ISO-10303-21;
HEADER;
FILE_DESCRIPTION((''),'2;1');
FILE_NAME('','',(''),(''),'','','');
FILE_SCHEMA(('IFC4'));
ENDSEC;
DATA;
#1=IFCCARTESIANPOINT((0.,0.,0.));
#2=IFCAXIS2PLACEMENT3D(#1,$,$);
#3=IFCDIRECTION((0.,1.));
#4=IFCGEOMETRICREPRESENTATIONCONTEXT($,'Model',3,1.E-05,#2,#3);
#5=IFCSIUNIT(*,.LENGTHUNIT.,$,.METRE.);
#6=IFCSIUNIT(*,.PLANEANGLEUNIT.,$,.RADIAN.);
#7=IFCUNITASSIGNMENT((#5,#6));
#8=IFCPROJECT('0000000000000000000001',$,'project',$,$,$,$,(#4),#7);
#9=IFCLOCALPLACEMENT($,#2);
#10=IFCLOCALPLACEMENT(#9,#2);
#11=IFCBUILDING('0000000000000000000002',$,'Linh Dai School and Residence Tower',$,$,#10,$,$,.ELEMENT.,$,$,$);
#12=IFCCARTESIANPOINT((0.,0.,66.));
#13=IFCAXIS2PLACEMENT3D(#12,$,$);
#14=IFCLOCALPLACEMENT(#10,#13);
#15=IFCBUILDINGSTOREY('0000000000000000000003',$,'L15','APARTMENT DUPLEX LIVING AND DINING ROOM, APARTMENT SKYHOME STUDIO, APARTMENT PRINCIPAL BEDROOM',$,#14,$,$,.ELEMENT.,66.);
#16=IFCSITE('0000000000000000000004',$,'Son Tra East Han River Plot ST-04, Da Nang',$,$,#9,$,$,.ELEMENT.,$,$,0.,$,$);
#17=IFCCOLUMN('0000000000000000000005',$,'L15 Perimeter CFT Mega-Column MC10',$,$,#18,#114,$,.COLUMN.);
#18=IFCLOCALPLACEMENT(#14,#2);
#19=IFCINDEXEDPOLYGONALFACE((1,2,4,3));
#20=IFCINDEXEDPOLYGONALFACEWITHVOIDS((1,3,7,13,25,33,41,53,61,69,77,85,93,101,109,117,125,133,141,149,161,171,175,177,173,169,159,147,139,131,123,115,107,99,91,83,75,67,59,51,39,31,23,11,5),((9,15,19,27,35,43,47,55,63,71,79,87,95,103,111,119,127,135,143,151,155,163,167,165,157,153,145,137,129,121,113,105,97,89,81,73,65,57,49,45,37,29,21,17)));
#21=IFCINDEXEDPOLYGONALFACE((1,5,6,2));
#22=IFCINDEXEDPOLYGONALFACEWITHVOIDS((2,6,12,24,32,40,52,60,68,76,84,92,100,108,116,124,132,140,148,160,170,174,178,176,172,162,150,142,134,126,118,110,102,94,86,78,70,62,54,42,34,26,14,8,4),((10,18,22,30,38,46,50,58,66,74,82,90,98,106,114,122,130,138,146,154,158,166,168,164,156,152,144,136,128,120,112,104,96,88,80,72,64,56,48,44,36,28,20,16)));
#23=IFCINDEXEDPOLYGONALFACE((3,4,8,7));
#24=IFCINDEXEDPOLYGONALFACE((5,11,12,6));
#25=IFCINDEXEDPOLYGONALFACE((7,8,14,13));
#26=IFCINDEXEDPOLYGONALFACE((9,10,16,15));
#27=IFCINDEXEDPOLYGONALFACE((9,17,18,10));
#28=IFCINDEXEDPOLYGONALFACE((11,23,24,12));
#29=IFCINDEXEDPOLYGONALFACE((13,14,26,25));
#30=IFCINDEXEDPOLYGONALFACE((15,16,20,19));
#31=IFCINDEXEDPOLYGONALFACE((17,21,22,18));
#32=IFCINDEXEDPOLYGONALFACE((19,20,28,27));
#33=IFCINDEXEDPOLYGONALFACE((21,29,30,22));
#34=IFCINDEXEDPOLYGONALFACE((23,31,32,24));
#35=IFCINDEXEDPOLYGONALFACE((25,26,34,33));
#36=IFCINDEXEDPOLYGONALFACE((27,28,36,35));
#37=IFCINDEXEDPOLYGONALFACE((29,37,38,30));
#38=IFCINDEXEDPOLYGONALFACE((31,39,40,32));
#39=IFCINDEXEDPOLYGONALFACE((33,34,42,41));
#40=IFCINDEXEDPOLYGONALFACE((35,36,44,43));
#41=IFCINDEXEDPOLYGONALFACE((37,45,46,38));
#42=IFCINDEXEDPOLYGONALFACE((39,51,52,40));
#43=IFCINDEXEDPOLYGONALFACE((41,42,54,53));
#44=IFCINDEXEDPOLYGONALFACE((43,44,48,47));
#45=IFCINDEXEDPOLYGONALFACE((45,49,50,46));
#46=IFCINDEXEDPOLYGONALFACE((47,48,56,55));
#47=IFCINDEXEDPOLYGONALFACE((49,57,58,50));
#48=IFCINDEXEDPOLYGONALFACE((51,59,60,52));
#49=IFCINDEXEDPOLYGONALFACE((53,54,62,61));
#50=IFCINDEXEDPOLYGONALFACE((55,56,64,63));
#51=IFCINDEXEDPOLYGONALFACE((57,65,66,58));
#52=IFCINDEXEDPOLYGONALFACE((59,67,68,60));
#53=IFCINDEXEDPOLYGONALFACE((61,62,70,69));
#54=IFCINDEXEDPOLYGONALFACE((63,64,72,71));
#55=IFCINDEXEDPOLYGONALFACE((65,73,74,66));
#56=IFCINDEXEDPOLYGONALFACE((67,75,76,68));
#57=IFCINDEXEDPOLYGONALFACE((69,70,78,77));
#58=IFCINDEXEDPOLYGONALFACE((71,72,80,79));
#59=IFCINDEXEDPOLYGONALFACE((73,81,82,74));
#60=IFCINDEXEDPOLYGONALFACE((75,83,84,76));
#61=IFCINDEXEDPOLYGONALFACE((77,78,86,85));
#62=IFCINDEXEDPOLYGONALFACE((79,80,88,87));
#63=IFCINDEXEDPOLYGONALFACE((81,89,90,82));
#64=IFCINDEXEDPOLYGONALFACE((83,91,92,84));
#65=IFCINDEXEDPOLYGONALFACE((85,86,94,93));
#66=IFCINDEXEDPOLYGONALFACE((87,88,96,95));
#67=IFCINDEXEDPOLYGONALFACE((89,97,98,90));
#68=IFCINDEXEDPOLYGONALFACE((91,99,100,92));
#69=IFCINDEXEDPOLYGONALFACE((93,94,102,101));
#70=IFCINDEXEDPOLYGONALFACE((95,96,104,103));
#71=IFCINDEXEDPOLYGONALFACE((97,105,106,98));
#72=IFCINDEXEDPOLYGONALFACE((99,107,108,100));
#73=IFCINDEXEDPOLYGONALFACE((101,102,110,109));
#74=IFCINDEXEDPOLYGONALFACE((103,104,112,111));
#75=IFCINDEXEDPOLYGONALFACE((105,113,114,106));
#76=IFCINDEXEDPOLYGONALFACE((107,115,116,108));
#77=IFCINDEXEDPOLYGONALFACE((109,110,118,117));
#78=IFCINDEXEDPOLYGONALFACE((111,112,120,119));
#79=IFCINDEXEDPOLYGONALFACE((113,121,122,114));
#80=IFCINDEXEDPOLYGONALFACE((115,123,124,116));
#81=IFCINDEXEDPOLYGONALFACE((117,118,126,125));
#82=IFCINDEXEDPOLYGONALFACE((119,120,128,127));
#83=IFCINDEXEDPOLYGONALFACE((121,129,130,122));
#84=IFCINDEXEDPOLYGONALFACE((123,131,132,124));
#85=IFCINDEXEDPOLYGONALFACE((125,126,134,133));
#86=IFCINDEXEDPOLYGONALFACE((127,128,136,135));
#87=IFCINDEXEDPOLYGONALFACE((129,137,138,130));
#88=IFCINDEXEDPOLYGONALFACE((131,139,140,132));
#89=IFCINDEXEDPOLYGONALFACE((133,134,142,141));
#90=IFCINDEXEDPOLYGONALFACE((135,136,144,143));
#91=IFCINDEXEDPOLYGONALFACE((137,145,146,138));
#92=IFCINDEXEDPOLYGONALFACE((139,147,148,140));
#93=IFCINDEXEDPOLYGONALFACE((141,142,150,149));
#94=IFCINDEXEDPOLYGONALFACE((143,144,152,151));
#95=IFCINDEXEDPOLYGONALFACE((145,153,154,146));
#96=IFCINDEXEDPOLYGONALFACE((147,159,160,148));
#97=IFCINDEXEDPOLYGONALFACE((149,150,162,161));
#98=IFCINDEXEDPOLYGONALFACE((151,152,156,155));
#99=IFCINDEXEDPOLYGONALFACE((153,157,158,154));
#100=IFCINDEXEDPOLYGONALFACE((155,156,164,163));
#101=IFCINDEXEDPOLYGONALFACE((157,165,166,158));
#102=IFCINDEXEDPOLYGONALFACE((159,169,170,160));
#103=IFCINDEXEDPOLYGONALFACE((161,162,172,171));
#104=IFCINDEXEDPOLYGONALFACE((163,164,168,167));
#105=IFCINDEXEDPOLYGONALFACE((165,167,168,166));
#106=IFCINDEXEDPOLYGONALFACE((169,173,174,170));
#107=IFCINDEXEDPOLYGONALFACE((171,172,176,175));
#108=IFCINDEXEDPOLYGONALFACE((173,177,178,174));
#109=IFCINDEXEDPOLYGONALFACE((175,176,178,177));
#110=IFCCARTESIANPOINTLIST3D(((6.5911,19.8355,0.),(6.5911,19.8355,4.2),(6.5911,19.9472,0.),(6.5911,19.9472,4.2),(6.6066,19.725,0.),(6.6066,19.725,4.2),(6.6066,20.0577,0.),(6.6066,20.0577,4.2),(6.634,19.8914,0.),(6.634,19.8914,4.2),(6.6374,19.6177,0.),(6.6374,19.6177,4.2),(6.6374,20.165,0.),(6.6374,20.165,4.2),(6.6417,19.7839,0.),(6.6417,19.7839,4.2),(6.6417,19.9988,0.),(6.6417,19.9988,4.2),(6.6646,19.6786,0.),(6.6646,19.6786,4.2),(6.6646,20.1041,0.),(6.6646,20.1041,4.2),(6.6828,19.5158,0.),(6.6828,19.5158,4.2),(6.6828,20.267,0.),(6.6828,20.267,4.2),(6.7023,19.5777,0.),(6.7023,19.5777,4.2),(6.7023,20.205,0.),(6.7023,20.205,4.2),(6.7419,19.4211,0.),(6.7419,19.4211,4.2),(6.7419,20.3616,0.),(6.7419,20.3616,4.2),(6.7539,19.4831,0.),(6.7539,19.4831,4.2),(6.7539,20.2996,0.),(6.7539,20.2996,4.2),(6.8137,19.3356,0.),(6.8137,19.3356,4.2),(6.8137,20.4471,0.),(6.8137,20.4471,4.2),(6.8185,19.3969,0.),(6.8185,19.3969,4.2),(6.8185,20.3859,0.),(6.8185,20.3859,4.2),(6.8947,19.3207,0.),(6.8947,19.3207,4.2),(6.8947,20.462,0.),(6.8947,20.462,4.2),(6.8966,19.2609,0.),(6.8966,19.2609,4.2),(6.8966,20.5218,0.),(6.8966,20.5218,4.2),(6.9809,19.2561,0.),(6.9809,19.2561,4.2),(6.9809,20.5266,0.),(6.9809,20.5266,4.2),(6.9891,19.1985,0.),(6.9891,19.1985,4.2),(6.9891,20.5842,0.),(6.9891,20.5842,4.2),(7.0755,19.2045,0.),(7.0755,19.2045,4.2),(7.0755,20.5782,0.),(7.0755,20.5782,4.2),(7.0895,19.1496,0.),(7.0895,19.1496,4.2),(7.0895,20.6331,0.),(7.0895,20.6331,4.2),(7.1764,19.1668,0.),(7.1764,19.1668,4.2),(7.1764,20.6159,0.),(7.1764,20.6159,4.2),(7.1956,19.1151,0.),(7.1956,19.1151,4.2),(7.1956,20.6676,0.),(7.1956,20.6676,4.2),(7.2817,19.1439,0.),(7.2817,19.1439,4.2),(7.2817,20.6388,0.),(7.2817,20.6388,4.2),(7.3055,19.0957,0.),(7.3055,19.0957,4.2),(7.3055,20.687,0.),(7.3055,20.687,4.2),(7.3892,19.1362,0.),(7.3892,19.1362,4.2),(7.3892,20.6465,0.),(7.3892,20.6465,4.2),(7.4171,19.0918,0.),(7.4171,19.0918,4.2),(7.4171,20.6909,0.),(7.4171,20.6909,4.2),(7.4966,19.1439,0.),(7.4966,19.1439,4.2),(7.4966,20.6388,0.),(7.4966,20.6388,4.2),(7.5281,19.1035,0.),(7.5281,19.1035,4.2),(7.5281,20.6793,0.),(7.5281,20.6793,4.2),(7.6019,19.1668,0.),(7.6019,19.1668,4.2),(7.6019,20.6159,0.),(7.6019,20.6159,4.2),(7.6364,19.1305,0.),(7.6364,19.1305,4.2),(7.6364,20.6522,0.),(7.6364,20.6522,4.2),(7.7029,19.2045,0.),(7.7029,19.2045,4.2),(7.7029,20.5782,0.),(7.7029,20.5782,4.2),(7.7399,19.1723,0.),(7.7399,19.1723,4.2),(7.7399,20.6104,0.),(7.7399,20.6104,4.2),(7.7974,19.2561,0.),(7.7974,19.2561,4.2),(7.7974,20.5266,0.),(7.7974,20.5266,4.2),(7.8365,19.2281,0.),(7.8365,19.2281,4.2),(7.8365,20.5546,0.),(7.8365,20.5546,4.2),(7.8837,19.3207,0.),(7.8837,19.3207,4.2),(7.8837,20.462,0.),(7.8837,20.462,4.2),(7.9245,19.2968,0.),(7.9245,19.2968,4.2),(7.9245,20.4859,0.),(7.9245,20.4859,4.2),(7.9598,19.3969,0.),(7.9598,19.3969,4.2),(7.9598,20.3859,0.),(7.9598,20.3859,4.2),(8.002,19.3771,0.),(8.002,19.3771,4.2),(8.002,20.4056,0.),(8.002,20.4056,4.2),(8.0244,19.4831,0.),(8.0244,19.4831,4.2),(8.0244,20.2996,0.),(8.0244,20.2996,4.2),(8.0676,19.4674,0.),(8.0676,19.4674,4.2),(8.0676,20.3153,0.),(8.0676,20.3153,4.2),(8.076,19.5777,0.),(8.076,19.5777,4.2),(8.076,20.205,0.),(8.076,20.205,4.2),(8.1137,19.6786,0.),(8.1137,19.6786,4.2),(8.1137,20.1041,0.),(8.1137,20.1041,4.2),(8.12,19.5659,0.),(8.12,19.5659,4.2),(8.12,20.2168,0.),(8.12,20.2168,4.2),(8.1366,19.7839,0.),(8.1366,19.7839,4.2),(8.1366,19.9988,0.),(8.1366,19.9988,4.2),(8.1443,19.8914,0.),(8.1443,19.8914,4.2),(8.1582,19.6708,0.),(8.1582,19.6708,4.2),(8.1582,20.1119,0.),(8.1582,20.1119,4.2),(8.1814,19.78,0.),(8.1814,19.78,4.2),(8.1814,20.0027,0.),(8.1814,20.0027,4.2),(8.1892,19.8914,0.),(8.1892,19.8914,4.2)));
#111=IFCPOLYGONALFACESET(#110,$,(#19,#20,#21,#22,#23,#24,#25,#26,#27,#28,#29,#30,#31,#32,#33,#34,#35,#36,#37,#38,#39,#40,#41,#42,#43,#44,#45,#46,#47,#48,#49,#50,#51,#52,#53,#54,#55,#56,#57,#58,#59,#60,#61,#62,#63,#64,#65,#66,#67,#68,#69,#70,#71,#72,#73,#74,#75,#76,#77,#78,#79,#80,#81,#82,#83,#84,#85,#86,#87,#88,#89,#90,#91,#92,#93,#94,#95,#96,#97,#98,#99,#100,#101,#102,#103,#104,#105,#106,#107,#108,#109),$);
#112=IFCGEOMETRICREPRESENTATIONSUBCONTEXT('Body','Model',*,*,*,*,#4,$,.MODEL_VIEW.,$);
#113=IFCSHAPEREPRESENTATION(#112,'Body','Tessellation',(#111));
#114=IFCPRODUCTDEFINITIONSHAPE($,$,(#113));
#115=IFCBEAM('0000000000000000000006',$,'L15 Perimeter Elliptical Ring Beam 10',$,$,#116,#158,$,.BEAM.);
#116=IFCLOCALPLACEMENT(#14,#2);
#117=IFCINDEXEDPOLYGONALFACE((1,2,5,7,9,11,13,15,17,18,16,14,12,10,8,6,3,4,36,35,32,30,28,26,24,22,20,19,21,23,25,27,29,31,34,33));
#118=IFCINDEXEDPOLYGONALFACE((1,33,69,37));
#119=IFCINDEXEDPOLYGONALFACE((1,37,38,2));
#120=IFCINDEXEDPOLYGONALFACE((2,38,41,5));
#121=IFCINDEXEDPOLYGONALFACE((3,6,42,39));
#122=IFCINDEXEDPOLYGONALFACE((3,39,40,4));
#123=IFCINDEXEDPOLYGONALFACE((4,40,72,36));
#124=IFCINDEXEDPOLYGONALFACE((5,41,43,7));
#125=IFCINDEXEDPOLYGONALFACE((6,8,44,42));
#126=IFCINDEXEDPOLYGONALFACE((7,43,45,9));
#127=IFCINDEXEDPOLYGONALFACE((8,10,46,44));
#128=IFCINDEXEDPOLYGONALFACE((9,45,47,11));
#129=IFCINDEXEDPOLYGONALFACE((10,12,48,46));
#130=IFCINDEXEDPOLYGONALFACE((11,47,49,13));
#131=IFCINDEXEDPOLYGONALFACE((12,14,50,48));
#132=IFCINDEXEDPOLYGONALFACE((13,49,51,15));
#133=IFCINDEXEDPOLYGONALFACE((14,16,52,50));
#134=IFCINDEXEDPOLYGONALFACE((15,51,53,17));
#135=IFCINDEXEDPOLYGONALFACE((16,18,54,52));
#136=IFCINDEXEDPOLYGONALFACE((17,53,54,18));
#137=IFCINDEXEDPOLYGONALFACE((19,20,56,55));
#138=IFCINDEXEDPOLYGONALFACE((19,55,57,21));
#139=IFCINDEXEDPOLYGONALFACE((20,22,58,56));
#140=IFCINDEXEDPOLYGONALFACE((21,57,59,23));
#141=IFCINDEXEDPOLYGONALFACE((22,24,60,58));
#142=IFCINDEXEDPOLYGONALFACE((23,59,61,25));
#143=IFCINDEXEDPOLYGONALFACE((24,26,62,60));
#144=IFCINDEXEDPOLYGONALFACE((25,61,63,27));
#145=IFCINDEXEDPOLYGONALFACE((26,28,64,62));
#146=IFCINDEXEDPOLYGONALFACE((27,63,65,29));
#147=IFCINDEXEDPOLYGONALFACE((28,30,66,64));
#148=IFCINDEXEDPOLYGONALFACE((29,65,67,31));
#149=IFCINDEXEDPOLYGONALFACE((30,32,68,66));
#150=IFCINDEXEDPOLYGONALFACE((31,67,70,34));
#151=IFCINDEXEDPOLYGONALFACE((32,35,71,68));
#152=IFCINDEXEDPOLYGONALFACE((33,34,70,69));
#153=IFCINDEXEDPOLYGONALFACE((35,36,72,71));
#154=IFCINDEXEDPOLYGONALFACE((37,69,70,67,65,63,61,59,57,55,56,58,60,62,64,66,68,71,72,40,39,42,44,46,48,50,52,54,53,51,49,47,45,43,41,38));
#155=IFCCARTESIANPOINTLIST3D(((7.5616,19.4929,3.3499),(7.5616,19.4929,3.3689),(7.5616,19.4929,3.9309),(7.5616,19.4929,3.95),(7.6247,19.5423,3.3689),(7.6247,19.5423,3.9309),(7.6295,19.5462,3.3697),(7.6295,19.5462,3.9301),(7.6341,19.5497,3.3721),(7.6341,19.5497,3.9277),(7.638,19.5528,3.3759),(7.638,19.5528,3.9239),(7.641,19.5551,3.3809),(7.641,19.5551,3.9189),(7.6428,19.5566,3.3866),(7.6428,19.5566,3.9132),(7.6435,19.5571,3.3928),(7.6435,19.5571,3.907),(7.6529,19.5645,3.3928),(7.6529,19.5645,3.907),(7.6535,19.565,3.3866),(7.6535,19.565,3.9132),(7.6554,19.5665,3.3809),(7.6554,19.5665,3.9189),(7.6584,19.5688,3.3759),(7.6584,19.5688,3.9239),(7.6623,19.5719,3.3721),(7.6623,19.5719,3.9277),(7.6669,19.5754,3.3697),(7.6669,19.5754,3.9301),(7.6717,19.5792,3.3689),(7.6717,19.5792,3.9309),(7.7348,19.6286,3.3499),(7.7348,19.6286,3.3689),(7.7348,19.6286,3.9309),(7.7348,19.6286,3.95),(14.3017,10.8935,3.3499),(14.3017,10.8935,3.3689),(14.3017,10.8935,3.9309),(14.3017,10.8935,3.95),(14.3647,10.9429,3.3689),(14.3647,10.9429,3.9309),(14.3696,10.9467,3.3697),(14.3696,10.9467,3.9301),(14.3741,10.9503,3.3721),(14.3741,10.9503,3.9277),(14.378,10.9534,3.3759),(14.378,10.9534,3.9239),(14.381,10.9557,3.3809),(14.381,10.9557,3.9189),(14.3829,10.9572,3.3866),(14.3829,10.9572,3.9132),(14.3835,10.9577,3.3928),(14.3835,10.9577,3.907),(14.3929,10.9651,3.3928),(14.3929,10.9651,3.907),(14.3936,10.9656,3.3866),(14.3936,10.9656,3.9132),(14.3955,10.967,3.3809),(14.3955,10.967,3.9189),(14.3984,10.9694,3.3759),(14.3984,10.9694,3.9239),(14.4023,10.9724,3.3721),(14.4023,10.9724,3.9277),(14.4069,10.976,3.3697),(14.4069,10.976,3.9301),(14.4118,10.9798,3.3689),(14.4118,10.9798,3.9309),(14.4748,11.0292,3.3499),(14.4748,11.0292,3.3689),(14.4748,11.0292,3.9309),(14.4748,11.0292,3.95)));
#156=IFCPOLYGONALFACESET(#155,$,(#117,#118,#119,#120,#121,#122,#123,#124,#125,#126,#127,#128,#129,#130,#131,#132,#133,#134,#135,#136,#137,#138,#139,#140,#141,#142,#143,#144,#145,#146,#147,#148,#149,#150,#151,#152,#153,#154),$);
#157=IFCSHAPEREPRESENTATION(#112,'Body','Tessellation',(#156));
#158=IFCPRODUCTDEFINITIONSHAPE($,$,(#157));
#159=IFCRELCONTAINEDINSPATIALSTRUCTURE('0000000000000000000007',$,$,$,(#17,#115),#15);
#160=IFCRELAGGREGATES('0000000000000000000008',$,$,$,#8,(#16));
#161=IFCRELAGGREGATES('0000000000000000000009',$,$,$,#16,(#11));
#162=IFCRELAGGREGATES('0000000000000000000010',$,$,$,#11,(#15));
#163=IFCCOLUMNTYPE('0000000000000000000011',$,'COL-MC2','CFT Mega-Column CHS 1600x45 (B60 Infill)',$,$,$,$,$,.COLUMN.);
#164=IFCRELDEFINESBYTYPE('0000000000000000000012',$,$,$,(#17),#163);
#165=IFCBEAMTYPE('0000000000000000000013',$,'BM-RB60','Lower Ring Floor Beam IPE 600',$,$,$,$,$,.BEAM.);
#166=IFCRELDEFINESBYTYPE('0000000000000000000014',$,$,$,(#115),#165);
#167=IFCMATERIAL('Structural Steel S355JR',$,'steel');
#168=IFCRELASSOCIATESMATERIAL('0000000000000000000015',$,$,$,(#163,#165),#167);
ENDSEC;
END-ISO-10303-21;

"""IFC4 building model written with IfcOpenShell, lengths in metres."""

from ifc_helpers import new_model, si_unit, direction, frame, origin, origin_2d, place, context, subcontext, project, spatial, hollow_circle, i_section, extrude, material, material_profile, profile_set, type_object, element, save


model = new_model("IFC4")

# Units and contexts
model_context = context("Model", 3, precision=1e-05, world=origin(), true_north=direction((0.0, 1.0)))
body_context = subcontext(model_context, "Body", "Model", "MODEL_VIEW")
ifc_project = project(units=[si_unit("LENGTHUNIT", "METRE"), si_unit("PLANEANGLEUNIT", "RADIAN")], contexts=[model_context])

# Site, building, storey
site_placement = place(None, origin())
site = spatial("IfcSite", under=ifc_project, at=site_placement, Name="Son Tra East Han River Plot ST-04, Da Nang", CompositionType="ELEMENT", RefElevation=0.0)
building_placement = place(site_placement, origin())
building = spatial("IfcBuilding", under=site, at=building_placement, Name="Linh Dai School and Residence Tower", CompositionType="ELEMENT")
storey_placement = place(building_placement, frame((0.0, 0.0, 66.0)))
storey = spatial("IfcBuildingStorey", under=building, at=storey_placement, Name="L15", Description="APARTMENT DUPLEX LIVING AND DINING ROOM, APARTMENT SKYHOME STUDIO, APARTMENT PRINCIPAL BEDROOM", CompositionType="ELEMENT", Elevation=66.0)

# Column
ifc_material_1 = material(Name="Structural Steel S355JR", Category="steel")
ifc_material_profile_1 = material_profile(ifc_material_1, hollow_circle(Radius=0.8, WallThickness=0.0449, at=origin_2d()), Name="CHS 1600x45")
ifc_profile_set_1 = profile_set([ifc_material_profile_1], Name="Structural Steel S355JR")
column_type = type_object("IfcColumnType", Name="COL-MC2", Description="CFT Mega-Column CHS 1600x45 (B60 Infill)", PredefinedType="COLUMN", material=ifc_profile_set_1)
column_placement = place(storey_placement, frame((7.3892, 19.8914, 0.0), z_axis=(0.0, 0.0, 1.0), x_axis=(1.0, 0.0, 0.0)))
element("IfcColumn", 1, at=column_placement, inside=storey, type_object=column_type, Name="L15 Perimeter CFT Mega-Column MC10", PredefinedType="COLUMN", context=body_context, shape_type="SweptSolid", body=[
    extrude(hollow_circle(Radius=0.8, WallThickness=0.0449, at=origin_2d()), origin(), (0.0, 0.0, 1.0), 4.2),
])

# Beam
ifc_material_profile_2 = material_profile(ifc_material_1, i_section(OverallWidth=0.22, OverallDepth=0.6001, WebThickness=0.012, FlangeThickness=0.019, FilletRadius=0.0239, at=origin_2d()), Name="IPE 600")
ifc_profile_set_2 = profile_set([ifc_material_profile_2], Name="Structural Steel S355JR")
beam_type = type_object("IfcBeamType", Name="BM-RB60", Description="Lower Ring Floor Beam IPE 600", PredefinedType="BEAM", material=ifc_profile_set_2)
beam_placement = place(storey_placement, frame((7.6482, 19.5608, 3.6499), z_axis=(0.616879, -0.787058, 0.0), x_axis=(0.787058, 0.616879, 0.0)))
element("IfcBeam", 2, at=beam_placement, inside=storey, type_object=beam_type, Name="L15 Perimeter Elliptical Ring Beam 10", PredefinedType="BEAM", context=body_context, shape_type="SweptSolid", body=[
    extrude(i_section(OverallWidth=0.22, OverallDepth=0.6001, WebThickness=0.012, FlangeThickness=0.019, FilletRadius=0.0239, at=origin_2d()), origin(), (0.0, 0.0, 1.0), 10.926),
])

save(model, "model.ifc")
